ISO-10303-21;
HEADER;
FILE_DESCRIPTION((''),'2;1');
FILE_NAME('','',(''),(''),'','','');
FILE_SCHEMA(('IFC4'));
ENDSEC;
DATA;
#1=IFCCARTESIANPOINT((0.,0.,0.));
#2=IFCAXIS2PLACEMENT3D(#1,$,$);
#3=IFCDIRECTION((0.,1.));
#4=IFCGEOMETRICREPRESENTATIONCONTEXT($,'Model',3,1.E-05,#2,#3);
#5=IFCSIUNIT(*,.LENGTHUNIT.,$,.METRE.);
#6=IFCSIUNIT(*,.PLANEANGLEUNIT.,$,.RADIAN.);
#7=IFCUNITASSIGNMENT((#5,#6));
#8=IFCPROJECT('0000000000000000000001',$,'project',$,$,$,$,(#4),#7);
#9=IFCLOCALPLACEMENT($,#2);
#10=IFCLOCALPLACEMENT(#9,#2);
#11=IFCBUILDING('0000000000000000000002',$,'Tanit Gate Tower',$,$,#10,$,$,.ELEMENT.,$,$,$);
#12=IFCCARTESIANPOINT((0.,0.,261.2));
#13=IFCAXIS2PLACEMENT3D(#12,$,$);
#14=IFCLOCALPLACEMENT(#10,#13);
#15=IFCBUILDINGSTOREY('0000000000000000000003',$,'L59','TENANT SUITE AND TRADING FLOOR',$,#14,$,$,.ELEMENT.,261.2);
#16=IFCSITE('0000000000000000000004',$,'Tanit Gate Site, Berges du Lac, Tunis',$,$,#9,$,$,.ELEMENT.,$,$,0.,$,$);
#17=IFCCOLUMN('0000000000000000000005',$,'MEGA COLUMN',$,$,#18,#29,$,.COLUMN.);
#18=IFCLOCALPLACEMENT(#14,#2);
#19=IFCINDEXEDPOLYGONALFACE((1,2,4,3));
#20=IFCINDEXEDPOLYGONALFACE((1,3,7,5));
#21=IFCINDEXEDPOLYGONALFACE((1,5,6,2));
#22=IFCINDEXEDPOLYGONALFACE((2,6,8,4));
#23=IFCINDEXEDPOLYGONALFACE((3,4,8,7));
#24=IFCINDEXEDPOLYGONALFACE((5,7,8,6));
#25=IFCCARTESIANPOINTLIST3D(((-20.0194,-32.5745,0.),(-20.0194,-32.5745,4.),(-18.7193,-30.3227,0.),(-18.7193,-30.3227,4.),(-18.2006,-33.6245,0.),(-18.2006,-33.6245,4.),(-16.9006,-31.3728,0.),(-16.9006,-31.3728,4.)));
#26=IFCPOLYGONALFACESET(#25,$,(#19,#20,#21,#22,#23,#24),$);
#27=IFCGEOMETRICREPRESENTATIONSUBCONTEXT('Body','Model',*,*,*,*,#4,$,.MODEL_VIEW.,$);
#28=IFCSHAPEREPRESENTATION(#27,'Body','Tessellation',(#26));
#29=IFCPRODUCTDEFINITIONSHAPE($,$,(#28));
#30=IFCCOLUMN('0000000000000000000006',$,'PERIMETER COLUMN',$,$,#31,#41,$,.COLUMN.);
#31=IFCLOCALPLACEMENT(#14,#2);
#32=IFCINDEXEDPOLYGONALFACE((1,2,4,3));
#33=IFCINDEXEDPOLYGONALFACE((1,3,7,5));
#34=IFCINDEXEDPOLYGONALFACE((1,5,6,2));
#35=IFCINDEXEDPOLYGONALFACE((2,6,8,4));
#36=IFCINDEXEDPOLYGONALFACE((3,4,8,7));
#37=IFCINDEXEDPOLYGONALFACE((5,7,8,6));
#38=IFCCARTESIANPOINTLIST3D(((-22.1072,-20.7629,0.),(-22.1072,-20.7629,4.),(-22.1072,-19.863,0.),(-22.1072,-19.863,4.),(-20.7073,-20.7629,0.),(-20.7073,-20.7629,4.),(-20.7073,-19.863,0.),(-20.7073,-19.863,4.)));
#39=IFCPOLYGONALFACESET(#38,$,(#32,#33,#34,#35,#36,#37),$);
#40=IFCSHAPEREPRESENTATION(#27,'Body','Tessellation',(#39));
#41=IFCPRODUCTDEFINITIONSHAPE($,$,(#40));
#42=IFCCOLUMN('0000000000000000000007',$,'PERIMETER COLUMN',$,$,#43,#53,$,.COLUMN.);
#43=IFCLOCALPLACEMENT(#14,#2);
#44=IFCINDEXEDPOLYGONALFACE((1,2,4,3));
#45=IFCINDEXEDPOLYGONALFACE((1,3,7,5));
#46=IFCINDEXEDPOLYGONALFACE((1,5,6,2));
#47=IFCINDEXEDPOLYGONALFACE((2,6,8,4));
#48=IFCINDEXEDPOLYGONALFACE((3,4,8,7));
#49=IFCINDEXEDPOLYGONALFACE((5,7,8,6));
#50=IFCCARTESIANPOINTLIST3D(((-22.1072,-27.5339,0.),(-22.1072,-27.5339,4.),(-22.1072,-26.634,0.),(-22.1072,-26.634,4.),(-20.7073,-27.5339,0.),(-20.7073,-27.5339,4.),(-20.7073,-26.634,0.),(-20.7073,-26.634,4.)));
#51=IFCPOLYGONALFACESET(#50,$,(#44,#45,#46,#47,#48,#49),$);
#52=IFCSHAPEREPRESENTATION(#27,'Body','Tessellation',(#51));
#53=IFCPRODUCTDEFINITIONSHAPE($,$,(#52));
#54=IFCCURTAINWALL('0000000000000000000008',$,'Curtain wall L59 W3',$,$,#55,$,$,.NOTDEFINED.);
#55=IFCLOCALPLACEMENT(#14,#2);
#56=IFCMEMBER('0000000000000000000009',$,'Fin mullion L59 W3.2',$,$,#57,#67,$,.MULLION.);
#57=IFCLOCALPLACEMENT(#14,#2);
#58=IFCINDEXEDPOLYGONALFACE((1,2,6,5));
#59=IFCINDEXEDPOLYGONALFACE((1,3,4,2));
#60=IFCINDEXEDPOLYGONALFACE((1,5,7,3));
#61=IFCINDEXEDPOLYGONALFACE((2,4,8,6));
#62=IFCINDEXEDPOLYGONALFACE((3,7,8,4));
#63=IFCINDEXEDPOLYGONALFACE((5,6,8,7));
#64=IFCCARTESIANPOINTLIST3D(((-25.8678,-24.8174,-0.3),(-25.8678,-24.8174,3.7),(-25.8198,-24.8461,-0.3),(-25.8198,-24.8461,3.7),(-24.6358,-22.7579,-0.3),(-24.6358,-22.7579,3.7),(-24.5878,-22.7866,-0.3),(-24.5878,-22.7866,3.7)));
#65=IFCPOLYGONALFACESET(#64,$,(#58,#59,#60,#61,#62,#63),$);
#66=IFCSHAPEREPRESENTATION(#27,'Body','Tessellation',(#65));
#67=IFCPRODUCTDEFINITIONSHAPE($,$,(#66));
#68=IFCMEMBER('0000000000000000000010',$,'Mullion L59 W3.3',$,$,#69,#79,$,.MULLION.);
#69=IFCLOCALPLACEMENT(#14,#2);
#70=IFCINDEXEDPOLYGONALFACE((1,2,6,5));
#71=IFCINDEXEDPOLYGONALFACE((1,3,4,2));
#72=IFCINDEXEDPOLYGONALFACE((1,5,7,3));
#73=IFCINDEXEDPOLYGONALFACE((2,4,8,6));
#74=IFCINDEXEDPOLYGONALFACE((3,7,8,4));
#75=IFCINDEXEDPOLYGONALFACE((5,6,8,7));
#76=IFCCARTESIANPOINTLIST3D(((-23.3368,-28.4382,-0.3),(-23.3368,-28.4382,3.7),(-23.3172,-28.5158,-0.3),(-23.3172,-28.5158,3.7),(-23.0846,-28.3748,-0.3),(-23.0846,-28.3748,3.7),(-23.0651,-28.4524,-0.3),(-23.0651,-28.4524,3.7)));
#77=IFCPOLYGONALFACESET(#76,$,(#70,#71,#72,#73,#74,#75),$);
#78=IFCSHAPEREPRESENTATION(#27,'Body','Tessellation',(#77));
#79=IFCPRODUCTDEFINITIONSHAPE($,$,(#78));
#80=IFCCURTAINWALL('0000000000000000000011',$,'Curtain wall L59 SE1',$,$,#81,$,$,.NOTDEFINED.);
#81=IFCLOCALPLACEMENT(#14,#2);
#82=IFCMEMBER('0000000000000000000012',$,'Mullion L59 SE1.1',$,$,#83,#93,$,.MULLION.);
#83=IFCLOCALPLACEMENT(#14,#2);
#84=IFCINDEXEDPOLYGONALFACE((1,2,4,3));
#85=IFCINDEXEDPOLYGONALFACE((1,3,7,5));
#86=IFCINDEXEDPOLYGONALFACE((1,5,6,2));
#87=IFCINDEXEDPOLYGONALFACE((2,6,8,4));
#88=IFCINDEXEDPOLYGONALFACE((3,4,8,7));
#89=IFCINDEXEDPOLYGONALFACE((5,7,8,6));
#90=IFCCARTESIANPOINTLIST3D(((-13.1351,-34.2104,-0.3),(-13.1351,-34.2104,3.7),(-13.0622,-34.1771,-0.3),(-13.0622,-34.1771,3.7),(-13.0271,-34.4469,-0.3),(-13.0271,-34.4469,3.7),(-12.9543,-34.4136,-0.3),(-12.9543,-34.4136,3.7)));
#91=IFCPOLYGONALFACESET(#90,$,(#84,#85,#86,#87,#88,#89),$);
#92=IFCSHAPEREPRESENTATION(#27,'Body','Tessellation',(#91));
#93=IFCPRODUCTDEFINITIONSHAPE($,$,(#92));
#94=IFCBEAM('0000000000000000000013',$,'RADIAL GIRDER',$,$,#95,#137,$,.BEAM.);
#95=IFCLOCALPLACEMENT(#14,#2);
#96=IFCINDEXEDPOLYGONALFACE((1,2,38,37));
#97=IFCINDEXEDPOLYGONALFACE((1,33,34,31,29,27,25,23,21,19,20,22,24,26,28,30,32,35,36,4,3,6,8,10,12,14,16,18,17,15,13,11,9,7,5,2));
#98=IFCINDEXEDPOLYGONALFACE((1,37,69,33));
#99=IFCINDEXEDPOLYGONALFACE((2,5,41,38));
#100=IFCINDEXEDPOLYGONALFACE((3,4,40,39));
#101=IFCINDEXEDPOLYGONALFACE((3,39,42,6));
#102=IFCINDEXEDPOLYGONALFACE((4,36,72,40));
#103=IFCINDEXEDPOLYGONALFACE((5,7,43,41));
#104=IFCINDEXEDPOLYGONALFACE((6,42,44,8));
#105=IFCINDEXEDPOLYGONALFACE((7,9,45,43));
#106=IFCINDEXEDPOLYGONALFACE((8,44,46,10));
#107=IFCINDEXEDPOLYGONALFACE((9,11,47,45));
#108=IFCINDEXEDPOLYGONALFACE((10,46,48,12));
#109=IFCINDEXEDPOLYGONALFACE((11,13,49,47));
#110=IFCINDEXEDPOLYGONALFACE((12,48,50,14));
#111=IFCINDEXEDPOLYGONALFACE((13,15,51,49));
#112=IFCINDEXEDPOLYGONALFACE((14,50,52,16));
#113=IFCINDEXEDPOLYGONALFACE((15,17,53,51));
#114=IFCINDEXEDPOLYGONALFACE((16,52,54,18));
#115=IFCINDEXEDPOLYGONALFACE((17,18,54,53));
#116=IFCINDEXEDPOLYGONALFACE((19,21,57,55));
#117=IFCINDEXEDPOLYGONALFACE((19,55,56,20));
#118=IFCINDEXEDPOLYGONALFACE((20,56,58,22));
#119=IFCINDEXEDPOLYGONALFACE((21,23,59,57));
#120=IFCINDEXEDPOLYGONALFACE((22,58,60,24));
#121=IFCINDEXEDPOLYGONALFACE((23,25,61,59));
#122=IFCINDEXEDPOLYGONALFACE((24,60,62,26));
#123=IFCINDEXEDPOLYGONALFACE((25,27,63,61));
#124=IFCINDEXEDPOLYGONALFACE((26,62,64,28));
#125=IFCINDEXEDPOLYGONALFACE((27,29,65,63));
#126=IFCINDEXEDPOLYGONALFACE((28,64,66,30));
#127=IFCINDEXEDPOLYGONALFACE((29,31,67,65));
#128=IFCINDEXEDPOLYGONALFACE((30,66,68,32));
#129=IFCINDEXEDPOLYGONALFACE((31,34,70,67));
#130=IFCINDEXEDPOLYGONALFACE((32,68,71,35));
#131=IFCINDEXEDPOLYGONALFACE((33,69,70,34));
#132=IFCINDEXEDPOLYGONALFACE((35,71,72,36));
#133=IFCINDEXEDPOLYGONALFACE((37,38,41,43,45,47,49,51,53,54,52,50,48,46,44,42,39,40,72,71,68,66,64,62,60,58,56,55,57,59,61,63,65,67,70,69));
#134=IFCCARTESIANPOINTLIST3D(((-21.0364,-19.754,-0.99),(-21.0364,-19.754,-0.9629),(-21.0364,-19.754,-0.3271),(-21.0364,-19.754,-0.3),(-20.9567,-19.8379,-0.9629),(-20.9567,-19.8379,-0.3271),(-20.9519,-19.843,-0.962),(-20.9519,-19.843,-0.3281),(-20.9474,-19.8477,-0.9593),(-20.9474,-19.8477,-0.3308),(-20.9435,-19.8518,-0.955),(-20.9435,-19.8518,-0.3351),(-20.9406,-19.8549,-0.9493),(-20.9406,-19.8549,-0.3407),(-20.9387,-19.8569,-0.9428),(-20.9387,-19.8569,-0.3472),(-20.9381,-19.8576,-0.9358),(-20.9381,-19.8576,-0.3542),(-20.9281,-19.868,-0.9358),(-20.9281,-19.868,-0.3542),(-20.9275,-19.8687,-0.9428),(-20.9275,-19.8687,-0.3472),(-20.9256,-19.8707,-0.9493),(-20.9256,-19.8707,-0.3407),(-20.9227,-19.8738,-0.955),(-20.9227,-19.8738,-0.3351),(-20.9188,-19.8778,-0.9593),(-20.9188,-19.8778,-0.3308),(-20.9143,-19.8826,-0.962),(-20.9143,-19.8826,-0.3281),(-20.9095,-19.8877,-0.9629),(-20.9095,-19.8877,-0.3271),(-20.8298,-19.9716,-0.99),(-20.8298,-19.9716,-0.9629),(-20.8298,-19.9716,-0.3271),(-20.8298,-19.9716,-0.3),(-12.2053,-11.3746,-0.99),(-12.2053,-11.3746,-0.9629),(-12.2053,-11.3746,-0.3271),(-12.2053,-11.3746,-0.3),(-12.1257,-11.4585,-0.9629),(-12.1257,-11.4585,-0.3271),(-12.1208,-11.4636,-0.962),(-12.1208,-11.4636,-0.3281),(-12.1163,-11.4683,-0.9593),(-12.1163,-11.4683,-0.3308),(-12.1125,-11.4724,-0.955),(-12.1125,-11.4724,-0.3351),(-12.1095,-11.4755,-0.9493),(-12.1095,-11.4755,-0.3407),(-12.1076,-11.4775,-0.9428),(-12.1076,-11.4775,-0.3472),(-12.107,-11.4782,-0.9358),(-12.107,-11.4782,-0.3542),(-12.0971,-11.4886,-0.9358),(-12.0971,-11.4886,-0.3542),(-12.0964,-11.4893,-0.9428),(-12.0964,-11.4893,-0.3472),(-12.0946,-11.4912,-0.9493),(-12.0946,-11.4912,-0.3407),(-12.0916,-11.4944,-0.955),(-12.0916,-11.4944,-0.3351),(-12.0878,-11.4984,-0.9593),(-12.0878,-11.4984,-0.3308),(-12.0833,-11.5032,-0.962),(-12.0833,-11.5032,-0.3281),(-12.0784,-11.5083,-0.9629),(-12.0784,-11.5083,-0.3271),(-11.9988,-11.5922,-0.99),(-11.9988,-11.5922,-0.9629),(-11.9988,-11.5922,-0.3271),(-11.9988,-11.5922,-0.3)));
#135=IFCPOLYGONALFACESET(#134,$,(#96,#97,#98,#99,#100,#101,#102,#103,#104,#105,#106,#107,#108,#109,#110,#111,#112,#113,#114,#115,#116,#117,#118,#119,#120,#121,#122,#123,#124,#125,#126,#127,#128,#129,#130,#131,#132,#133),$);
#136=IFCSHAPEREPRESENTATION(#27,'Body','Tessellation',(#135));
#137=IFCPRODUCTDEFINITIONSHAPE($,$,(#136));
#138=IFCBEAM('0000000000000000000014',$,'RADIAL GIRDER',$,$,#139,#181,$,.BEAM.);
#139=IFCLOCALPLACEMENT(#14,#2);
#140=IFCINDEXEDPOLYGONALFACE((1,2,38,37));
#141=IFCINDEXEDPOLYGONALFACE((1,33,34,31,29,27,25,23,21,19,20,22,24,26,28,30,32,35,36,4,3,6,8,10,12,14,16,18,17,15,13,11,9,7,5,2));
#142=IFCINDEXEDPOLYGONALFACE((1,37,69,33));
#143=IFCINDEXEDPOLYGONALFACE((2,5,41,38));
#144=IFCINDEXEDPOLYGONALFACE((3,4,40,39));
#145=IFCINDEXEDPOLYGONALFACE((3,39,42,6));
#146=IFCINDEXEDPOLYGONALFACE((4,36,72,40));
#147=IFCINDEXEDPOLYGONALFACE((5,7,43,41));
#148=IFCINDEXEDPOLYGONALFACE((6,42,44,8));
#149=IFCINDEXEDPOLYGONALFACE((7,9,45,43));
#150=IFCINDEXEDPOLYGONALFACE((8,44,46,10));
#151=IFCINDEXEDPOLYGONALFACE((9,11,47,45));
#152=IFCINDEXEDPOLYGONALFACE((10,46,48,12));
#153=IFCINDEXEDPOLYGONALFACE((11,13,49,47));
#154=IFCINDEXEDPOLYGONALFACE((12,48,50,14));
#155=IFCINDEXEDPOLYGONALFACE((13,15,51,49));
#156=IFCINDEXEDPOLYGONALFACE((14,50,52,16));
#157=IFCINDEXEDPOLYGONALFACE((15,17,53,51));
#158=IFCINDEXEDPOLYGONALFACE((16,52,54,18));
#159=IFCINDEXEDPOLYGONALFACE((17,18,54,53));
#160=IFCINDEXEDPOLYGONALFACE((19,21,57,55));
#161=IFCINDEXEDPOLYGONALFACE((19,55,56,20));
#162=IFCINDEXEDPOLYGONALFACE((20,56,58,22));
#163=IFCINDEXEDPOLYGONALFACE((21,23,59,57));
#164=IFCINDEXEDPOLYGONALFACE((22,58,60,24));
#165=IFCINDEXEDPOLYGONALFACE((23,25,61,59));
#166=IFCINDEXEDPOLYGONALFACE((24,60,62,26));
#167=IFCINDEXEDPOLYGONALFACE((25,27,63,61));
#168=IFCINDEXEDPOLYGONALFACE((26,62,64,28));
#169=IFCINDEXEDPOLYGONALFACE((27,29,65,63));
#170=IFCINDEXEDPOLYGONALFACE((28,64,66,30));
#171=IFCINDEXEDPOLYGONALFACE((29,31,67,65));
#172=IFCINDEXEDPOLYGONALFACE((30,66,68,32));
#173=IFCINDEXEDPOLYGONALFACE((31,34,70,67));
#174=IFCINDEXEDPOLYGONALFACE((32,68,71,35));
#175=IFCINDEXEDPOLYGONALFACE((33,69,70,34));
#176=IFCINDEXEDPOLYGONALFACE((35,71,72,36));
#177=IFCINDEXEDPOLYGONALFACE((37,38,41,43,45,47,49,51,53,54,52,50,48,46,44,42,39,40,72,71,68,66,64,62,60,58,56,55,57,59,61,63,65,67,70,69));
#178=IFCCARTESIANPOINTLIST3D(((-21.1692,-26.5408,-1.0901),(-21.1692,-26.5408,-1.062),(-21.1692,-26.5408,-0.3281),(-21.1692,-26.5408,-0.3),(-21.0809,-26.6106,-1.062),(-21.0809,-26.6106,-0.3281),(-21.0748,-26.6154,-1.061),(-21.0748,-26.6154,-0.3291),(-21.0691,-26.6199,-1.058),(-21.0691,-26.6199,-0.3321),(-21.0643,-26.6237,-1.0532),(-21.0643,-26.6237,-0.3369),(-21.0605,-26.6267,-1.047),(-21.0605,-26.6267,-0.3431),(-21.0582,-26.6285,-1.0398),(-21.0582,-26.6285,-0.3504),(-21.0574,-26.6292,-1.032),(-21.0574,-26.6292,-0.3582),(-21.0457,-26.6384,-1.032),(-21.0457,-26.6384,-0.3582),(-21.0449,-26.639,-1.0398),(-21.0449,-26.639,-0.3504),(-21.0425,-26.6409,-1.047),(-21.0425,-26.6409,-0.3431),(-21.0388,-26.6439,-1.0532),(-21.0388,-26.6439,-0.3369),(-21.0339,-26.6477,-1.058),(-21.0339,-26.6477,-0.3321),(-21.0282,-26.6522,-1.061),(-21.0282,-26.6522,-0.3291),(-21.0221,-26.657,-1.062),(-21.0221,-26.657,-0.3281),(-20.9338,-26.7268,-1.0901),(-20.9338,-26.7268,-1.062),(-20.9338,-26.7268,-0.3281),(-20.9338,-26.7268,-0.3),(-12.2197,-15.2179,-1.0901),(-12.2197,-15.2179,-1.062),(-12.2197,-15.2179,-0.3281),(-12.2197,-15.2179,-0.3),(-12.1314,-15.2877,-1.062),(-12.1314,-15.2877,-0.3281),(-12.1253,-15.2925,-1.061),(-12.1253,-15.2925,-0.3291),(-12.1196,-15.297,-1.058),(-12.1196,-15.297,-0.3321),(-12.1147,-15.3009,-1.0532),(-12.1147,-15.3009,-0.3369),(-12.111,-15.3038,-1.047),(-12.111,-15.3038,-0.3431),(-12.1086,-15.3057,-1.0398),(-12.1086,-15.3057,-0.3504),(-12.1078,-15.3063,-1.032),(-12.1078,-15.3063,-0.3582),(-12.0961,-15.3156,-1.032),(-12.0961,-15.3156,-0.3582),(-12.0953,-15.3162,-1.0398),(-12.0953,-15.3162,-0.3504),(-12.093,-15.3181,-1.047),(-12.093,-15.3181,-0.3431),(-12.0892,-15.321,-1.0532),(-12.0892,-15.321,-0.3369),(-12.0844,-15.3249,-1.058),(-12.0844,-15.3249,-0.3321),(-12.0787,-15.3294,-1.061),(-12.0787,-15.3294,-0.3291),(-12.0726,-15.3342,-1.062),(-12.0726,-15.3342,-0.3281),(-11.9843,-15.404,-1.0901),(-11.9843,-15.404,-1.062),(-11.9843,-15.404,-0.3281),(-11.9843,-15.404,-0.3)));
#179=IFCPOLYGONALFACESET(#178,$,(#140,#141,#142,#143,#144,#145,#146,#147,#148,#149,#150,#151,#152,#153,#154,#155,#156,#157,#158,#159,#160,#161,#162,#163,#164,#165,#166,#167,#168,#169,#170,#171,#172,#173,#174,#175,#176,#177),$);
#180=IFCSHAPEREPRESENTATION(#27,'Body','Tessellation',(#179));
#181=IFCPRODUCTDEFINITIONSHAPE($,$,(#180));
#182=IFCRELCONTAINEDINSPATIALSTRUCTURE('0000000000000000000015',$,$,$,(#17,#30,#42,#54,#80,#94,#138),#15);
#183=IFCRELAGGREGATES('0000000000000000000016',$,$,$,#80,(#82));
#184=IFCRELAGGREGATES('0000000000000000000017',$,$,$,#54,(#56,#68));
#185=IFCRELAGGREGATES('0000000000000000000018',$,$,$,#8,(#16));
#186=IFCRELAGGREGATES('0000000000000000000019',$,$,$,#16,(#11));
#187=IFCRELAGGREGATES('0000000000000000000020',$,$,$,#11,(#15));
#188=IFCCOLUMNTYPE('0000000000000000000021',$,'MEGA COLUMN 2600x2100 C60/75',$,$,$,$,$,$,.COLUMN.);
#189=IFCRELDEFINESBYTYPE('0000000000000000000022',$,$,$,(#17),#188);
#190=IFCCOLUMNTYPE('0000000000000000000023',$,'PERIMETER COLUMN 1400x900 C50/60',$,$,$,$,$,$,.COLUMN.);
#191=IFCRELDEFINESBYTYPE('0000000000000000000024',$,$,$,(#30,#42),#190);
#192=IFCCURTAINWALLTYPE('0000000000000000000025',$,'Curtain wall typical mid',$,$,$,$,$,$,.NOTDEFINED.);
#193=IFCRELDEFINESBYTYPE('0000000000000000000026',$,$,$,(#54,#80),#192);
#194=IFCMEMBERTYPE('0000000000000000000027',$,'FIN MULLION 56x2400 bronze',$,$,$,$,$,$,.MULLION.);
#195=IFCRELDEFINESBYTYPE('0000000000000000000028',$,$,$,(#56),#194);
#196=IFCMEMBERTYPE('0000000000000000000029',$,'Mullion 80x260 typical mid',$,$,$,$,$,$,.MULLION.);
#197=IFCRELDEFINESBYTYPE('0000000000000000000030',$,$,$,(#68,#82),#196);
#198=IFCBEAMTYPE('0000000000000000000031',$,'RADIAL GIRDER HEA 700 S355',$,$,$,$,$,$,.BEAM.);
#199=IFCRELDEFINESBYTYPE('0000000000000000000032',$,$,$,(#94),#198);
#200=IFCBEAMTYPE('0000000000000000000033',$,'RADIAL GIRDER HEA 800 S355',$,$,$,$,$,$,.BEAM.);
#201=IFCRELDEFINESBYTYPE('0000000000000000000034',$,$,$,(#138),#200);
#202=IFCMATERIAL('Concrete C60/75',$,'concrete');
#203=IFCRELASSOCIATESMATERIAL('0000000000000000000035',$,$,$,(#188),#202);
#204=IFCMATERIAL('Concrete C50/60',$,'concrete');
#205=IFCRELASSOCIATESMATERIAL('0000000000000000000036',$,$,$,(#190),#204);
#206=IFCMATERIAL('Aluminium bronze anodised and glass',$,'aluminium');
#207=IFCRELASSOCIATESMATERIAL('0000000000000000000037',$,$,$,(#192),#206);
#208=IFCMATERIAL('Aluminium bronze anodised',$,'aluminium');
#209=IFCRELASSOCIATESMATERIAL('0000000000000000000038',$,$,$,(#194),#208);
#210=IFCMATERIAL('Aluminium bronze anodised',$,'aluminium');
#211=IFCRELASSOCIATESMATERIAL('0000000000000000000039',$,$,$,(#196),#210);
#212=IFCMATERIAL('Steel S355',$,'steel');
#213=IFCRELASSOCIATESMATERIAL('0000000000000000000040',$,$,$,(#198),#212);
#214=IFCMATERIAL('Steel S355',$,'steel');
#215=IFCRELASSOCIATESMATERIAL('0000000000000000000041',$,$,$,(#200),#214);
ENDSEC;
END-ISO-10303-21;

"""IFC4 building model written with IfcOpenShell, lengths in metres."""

from ifc_helpers import new_model, si_unit, direction, frame, origin, origin_2d, place, context, subcontext, project, spatial, rectangle, i_section, extrude, material, material_profile, profile_set, type_object, element, aggregate, save


model = new_model("IFC4")

# Units and contexts
model_context = context("Model", 3, precision=1e-05, world=origin(), true_north=direction((0.0, 1.0)))
body_context = subcontext(model_context, "Body", "Model", "MODEL_VIEW")
ifc_project = project(units=[si_unit("LENGTHUNIT", "METRE"), si_unit("PLANEANGLEUNIT", "RADIAN")], contexts=[model_context])

# Site, building, storey
site_placement = place(None, origin())
site = spatial("IfcSite", under=ifc_project, at=site_placement, Name="Tanit Gate Site, Berges du Lac, Tunis", CompositionType="ELEMENT", RefElevation=0.0)
building_placement = place(site_placement, origin())
building = spatial("IfcBuilding", under=site, at=building_placement, Name="Tanit Gate Tower", CompositionType="ELEMENT")
storey_placement = place(building_placement, frame((0.0, 0.0, 261.2)))
storey = spatial("IfcBuildingStorey", under=building, at=storey_placement, Name="L59", Description="TENANT SUITE AND TRADING FLOOR", CompositionType="ELEMENT", Elevation=261.2)

# Columns
ifc_material_1 = material(Name="Concrete C60/75", Category="concrete")
ifc_material_profile_1 = material_profile(ifc_material_1, rectangle(XDim=2.6001, YDim=2.1001, at=origin_2d()), Name="RC 2600x2100")
ifc_profile_set_1 = profile_set([ifc_material_profile_1], Name="Concrete C60/75")
column_type_1 = type_object("IfcColumnType", Name="MEGA COLUMN 2600x2100 C60/75", PredefinedType="COLUMN", material=ifc_profile_set_1)
column_placement = place(storey_placement, frame((-18.46, -31.9736, 0.0), z_axis=(0.0, 0.0, 1.0), x_axis=(-0.5, -0.866025, 0.0)))
element("IfcColumn", 1, at=column_placement, inside=storey, type_object=column_type_1, Name="MEGA COLUMN", PredefinedType="COLUMN", context=body_context, shape_type="SweptSolid", body=[
    extrude(rectangle(XDim=2.6001, YDim=2.1001, at=origin_2d()), origin(), (0.0, 0.0, 1.0), 4.0),
])
ifc_material_2 = material(Name="Concrete C50/60", Category="concrete")
ifc_material_profile_2 = material_profile(ifc_material_2, rectangle(XDim=1.3999, YDim=0.8999, at=origin_2d()), Name="RC 1400x900")
ifc_profile_set_2 = profile_set([ifc_material_profile_2], Name="Concrete C50/60")
column_type_2 = type_object("IfcColumnType", Name="PERIMETER COLUMN 1400x900 C50/60", PredefinedType="COLUMN", material=ifc_profile_set_2)
for number, where, z_axis, x_axis, name in (
    (2, (-21.4072, -20.313, 0.0), (0.0, 0.0, 1.0), (-1.0, 0.0, 0.0), "PERIMETER COLUMN"),
    (3, (-21.4072, -27.084, 0.0), (0.0, 0.0, 1.0), (-1.0, 0.0, 0.0), "PERIMETER COLUMN"),
):
    element("IfcColumn", number, at=place(storey_placement, frame(where, z_axis=z_axis, x_axis=x_axis)), inside=storey, type_object=column_type_2, Name=name, PredefinedType="COLUMN", context=body_context, shape_type="SweptSolid", body=[
        extrude(rectangle(XDim=1.3999, YDim=0.8999, at=origin_2d()), origin(), (0.0, 0.0, 1.0), 4.0),
    ])

# Curtain wall, members
ifc_material_3 = material(Name="Aluminium bronze anodised and glass", Category="aluminium")
curtain_wall_type = type_object("IfcCurtainWallType", Name="Curtain wall typical mid", PredefinedType="NOTDEFINED", material=ifc_material_3)
curtain_wall_1_placement = place(storey_placement, origin())
curtain_wall_1 = element("IfcCurtainWall", 4, at=curtain_wall_1_placement, inside=storey, type_object=curtain_wall_type, Name="Curtain wall L59 W3", PredefinedType="NOTDEFINED")
ifc_material_4 = material(Name="Aluminium bronze anodised", Category="aluminium")
ifc_material_profile_3 = material_profile(ifc_material_4, rectangle(XDim=2.3999, YDim=0.0559, at=origin_2d()), Name="56x2400 bronze fin mullion")
ifc_profile_set_3 = profile_set([ifc_material_profile_3], Name="Aluminium bronze anodised")
member_type_1 = type_object("IfcMemberType", Name="FIN MULLION 56x2400 bronze", PredefinedType="MULLION", material=ifc_profile_set_3)
member_1_placement = place(storey_placement, frame((-25.2278, -23.802, -0.3), z_axis=(0.0, 0.0, 1.0), x_axis=(0.513349, 0.85818, 0.0)))
member_1 = element("IfcMember", 5, at=member_1_placement, type_object=member_type_1, Name="Fin mullion L59 W3.2", PredefinedType="MULLION", context=body_context, shape_type="SweptSolid", body=[
    extrude(rectangle(XDim=2.3999, YDim=0.0559, at=origin_2d()), origin(), (0.0, 0.0, 1.0), 4.0),
])
ifc_material_5 = material(Name="Aluminium bronze anodised", Category="aluminium")
ifc_material_profile_4 = material_profile(ifc_material_5, rectangle(XDim=0.26, YDim=0.0801, at=origin_2d()), Name="80x260 bronze mullion")
ifc_profile_set_4 = profile_set([ifc_material_profile_4], Name="Aluminium bronze anodised")
member_type_2 = type_object("IfcMemberType", Name="Mullion 80x260 typical mid", PredefinedType="MULLION", material=ifc_profile_set_4)
member_2_placement = place(storey_placement, frame((-23.2009, -28.4453, -0.3), z_axis=(0.0, 0.0, 1.0), x_axis=(0.969818, 0.243832, 0.0)))
member_2 = element("IfcMember", 6, at=member_2_placement, type_object=member_type_2, Name="Mullion L59 W3.3", PredefinedType="MULLION", context=body_context, shape_type="SweptSolid", body=[
    extrude(rectangle(XDim=0.26, YDim=0.0801, at=origin_2d()), origin(), (0.0, 0.0, 1.0), 4.0),
])

# Curtain wall, member
curtain_wall_2_placement = place(storey_placement, origin())
curtain_wall_2 = element("IfcCurtainWall", 7, at=curtain_wall_2_placement, inside=storey, type_object=curtain_wall_type, Name="Curtain wall L59 SE1", PredefinedType="NOTDEFINED")
member_3_placement = place(storey_placement, frame((-13.0447, -34.312, -0.3), z_axis=(0.0, 0.0, 1.0), x_axis=(-0.4153, 0.909685, 0.0)))
member_3 = element("IfcMember", 8, at=member_3_placement, type_object=member_type_2, Name="Mullion L59 SE1.1", PredefinedType="MULLION", context=body_context, shape_type="SweptSolid", body=[
    extrude(rectangle(XDim=0.26, YDim=0.0801, at=origin_2d()), origin(), (0.0, 0.0, 1.0), 4.0),
])

# Beams
ifc_material_6 = material(Name="Steel S355", Category="steel")
ifc_material_profile_5 = material_profile(ifc_material_6, i_section(OverallWidth=0.3, OverallDepth=0.6899, WebThickness=0.0144, FlangeThickness=0.0271, FilletRadius=0.0271, at=origin_2d()), Name="HEA 700")
ifc_profile_set_5 = profile_set([ifc_material_profile_5], Name="Steel S355")
beam_type_1 = type_object("IfcBeamType", Name="RADIAL GIRDER HEA 700 S355", PredefinedType="BEAM", material=ifc_profile_set_5)
beam_1_placement = place(storey_placement, frame((-20.9331, -19.8628, -0.645), z_axis=(0.725414, 0.688313, 0.0), x_axis=(-0.688313, 0.725414, 0.0)))
element("IfcBeam", 9, at=beam_1_placement, inside=storey, type_object=beam_type_1, Name="RADIAL GIRDER", PredefinedType="BEAM", context=body_context, shape_type="SweptSolid", body=[
    extrude(i_section(OverallWidth=0.3, OverallDepth=0.6899, WebThickness=0.0144, FlangeThickness=0.0271, FilletRadius=0.0271, at=origin_2d()), origin(), (0.0, 0.0, 1.0), 12.1738),
])
ifc_material_7 = material(Name="Steel S355", Category="steel")
ifc_material_profile_6 = material_profile(ifc_material_7, i_section(OverallWidth=0.3, OverallDepth=0.79, WebThickness=0.0149, FlangeThickness=0.0281, FilletRadius=0.03, at=origin_2d()), Name="HEA 800")
ifc_profile_set_6 = profile_set([ifc_material_profile_6], Name="Steel S355")
beam_type_2 = type_object("IfcBeamType", Name="RADIAL GIRDER HEA 800 S355", PredefinedType="BEAM", material=ifc_profile_set_6)
beam_2_placement = place(storey_placement, frame((-21.0515, -26.6338, -0.6951), z_axis=(0.62009, 0.784531, 0.0), x_axis=(-0.784531, 0.62009, 0.0)))
element("IfcBeam", 10, at=beam_2_placement, inside=storey, type_object=beam_type_2, Name="RADIAL GIRDER", PredefinedType="BEAM", context=body_context, shape_type="SweptSolid", body=[
    extrude(i_section(OverallWidth=0.3, OverallDepth=0.79, WebThickness=0.0149, FlangeThickness=0.0281, FilletRadius=0.03, at=origin_2d()), origin(), (0.0, 0.0, 1.0), 14.4326),
])

aggregate(curtain_wall_2, [member_3])

aggregate(curtain_wall_1, [member_1, member_2])

save(model, "model.ifc")
